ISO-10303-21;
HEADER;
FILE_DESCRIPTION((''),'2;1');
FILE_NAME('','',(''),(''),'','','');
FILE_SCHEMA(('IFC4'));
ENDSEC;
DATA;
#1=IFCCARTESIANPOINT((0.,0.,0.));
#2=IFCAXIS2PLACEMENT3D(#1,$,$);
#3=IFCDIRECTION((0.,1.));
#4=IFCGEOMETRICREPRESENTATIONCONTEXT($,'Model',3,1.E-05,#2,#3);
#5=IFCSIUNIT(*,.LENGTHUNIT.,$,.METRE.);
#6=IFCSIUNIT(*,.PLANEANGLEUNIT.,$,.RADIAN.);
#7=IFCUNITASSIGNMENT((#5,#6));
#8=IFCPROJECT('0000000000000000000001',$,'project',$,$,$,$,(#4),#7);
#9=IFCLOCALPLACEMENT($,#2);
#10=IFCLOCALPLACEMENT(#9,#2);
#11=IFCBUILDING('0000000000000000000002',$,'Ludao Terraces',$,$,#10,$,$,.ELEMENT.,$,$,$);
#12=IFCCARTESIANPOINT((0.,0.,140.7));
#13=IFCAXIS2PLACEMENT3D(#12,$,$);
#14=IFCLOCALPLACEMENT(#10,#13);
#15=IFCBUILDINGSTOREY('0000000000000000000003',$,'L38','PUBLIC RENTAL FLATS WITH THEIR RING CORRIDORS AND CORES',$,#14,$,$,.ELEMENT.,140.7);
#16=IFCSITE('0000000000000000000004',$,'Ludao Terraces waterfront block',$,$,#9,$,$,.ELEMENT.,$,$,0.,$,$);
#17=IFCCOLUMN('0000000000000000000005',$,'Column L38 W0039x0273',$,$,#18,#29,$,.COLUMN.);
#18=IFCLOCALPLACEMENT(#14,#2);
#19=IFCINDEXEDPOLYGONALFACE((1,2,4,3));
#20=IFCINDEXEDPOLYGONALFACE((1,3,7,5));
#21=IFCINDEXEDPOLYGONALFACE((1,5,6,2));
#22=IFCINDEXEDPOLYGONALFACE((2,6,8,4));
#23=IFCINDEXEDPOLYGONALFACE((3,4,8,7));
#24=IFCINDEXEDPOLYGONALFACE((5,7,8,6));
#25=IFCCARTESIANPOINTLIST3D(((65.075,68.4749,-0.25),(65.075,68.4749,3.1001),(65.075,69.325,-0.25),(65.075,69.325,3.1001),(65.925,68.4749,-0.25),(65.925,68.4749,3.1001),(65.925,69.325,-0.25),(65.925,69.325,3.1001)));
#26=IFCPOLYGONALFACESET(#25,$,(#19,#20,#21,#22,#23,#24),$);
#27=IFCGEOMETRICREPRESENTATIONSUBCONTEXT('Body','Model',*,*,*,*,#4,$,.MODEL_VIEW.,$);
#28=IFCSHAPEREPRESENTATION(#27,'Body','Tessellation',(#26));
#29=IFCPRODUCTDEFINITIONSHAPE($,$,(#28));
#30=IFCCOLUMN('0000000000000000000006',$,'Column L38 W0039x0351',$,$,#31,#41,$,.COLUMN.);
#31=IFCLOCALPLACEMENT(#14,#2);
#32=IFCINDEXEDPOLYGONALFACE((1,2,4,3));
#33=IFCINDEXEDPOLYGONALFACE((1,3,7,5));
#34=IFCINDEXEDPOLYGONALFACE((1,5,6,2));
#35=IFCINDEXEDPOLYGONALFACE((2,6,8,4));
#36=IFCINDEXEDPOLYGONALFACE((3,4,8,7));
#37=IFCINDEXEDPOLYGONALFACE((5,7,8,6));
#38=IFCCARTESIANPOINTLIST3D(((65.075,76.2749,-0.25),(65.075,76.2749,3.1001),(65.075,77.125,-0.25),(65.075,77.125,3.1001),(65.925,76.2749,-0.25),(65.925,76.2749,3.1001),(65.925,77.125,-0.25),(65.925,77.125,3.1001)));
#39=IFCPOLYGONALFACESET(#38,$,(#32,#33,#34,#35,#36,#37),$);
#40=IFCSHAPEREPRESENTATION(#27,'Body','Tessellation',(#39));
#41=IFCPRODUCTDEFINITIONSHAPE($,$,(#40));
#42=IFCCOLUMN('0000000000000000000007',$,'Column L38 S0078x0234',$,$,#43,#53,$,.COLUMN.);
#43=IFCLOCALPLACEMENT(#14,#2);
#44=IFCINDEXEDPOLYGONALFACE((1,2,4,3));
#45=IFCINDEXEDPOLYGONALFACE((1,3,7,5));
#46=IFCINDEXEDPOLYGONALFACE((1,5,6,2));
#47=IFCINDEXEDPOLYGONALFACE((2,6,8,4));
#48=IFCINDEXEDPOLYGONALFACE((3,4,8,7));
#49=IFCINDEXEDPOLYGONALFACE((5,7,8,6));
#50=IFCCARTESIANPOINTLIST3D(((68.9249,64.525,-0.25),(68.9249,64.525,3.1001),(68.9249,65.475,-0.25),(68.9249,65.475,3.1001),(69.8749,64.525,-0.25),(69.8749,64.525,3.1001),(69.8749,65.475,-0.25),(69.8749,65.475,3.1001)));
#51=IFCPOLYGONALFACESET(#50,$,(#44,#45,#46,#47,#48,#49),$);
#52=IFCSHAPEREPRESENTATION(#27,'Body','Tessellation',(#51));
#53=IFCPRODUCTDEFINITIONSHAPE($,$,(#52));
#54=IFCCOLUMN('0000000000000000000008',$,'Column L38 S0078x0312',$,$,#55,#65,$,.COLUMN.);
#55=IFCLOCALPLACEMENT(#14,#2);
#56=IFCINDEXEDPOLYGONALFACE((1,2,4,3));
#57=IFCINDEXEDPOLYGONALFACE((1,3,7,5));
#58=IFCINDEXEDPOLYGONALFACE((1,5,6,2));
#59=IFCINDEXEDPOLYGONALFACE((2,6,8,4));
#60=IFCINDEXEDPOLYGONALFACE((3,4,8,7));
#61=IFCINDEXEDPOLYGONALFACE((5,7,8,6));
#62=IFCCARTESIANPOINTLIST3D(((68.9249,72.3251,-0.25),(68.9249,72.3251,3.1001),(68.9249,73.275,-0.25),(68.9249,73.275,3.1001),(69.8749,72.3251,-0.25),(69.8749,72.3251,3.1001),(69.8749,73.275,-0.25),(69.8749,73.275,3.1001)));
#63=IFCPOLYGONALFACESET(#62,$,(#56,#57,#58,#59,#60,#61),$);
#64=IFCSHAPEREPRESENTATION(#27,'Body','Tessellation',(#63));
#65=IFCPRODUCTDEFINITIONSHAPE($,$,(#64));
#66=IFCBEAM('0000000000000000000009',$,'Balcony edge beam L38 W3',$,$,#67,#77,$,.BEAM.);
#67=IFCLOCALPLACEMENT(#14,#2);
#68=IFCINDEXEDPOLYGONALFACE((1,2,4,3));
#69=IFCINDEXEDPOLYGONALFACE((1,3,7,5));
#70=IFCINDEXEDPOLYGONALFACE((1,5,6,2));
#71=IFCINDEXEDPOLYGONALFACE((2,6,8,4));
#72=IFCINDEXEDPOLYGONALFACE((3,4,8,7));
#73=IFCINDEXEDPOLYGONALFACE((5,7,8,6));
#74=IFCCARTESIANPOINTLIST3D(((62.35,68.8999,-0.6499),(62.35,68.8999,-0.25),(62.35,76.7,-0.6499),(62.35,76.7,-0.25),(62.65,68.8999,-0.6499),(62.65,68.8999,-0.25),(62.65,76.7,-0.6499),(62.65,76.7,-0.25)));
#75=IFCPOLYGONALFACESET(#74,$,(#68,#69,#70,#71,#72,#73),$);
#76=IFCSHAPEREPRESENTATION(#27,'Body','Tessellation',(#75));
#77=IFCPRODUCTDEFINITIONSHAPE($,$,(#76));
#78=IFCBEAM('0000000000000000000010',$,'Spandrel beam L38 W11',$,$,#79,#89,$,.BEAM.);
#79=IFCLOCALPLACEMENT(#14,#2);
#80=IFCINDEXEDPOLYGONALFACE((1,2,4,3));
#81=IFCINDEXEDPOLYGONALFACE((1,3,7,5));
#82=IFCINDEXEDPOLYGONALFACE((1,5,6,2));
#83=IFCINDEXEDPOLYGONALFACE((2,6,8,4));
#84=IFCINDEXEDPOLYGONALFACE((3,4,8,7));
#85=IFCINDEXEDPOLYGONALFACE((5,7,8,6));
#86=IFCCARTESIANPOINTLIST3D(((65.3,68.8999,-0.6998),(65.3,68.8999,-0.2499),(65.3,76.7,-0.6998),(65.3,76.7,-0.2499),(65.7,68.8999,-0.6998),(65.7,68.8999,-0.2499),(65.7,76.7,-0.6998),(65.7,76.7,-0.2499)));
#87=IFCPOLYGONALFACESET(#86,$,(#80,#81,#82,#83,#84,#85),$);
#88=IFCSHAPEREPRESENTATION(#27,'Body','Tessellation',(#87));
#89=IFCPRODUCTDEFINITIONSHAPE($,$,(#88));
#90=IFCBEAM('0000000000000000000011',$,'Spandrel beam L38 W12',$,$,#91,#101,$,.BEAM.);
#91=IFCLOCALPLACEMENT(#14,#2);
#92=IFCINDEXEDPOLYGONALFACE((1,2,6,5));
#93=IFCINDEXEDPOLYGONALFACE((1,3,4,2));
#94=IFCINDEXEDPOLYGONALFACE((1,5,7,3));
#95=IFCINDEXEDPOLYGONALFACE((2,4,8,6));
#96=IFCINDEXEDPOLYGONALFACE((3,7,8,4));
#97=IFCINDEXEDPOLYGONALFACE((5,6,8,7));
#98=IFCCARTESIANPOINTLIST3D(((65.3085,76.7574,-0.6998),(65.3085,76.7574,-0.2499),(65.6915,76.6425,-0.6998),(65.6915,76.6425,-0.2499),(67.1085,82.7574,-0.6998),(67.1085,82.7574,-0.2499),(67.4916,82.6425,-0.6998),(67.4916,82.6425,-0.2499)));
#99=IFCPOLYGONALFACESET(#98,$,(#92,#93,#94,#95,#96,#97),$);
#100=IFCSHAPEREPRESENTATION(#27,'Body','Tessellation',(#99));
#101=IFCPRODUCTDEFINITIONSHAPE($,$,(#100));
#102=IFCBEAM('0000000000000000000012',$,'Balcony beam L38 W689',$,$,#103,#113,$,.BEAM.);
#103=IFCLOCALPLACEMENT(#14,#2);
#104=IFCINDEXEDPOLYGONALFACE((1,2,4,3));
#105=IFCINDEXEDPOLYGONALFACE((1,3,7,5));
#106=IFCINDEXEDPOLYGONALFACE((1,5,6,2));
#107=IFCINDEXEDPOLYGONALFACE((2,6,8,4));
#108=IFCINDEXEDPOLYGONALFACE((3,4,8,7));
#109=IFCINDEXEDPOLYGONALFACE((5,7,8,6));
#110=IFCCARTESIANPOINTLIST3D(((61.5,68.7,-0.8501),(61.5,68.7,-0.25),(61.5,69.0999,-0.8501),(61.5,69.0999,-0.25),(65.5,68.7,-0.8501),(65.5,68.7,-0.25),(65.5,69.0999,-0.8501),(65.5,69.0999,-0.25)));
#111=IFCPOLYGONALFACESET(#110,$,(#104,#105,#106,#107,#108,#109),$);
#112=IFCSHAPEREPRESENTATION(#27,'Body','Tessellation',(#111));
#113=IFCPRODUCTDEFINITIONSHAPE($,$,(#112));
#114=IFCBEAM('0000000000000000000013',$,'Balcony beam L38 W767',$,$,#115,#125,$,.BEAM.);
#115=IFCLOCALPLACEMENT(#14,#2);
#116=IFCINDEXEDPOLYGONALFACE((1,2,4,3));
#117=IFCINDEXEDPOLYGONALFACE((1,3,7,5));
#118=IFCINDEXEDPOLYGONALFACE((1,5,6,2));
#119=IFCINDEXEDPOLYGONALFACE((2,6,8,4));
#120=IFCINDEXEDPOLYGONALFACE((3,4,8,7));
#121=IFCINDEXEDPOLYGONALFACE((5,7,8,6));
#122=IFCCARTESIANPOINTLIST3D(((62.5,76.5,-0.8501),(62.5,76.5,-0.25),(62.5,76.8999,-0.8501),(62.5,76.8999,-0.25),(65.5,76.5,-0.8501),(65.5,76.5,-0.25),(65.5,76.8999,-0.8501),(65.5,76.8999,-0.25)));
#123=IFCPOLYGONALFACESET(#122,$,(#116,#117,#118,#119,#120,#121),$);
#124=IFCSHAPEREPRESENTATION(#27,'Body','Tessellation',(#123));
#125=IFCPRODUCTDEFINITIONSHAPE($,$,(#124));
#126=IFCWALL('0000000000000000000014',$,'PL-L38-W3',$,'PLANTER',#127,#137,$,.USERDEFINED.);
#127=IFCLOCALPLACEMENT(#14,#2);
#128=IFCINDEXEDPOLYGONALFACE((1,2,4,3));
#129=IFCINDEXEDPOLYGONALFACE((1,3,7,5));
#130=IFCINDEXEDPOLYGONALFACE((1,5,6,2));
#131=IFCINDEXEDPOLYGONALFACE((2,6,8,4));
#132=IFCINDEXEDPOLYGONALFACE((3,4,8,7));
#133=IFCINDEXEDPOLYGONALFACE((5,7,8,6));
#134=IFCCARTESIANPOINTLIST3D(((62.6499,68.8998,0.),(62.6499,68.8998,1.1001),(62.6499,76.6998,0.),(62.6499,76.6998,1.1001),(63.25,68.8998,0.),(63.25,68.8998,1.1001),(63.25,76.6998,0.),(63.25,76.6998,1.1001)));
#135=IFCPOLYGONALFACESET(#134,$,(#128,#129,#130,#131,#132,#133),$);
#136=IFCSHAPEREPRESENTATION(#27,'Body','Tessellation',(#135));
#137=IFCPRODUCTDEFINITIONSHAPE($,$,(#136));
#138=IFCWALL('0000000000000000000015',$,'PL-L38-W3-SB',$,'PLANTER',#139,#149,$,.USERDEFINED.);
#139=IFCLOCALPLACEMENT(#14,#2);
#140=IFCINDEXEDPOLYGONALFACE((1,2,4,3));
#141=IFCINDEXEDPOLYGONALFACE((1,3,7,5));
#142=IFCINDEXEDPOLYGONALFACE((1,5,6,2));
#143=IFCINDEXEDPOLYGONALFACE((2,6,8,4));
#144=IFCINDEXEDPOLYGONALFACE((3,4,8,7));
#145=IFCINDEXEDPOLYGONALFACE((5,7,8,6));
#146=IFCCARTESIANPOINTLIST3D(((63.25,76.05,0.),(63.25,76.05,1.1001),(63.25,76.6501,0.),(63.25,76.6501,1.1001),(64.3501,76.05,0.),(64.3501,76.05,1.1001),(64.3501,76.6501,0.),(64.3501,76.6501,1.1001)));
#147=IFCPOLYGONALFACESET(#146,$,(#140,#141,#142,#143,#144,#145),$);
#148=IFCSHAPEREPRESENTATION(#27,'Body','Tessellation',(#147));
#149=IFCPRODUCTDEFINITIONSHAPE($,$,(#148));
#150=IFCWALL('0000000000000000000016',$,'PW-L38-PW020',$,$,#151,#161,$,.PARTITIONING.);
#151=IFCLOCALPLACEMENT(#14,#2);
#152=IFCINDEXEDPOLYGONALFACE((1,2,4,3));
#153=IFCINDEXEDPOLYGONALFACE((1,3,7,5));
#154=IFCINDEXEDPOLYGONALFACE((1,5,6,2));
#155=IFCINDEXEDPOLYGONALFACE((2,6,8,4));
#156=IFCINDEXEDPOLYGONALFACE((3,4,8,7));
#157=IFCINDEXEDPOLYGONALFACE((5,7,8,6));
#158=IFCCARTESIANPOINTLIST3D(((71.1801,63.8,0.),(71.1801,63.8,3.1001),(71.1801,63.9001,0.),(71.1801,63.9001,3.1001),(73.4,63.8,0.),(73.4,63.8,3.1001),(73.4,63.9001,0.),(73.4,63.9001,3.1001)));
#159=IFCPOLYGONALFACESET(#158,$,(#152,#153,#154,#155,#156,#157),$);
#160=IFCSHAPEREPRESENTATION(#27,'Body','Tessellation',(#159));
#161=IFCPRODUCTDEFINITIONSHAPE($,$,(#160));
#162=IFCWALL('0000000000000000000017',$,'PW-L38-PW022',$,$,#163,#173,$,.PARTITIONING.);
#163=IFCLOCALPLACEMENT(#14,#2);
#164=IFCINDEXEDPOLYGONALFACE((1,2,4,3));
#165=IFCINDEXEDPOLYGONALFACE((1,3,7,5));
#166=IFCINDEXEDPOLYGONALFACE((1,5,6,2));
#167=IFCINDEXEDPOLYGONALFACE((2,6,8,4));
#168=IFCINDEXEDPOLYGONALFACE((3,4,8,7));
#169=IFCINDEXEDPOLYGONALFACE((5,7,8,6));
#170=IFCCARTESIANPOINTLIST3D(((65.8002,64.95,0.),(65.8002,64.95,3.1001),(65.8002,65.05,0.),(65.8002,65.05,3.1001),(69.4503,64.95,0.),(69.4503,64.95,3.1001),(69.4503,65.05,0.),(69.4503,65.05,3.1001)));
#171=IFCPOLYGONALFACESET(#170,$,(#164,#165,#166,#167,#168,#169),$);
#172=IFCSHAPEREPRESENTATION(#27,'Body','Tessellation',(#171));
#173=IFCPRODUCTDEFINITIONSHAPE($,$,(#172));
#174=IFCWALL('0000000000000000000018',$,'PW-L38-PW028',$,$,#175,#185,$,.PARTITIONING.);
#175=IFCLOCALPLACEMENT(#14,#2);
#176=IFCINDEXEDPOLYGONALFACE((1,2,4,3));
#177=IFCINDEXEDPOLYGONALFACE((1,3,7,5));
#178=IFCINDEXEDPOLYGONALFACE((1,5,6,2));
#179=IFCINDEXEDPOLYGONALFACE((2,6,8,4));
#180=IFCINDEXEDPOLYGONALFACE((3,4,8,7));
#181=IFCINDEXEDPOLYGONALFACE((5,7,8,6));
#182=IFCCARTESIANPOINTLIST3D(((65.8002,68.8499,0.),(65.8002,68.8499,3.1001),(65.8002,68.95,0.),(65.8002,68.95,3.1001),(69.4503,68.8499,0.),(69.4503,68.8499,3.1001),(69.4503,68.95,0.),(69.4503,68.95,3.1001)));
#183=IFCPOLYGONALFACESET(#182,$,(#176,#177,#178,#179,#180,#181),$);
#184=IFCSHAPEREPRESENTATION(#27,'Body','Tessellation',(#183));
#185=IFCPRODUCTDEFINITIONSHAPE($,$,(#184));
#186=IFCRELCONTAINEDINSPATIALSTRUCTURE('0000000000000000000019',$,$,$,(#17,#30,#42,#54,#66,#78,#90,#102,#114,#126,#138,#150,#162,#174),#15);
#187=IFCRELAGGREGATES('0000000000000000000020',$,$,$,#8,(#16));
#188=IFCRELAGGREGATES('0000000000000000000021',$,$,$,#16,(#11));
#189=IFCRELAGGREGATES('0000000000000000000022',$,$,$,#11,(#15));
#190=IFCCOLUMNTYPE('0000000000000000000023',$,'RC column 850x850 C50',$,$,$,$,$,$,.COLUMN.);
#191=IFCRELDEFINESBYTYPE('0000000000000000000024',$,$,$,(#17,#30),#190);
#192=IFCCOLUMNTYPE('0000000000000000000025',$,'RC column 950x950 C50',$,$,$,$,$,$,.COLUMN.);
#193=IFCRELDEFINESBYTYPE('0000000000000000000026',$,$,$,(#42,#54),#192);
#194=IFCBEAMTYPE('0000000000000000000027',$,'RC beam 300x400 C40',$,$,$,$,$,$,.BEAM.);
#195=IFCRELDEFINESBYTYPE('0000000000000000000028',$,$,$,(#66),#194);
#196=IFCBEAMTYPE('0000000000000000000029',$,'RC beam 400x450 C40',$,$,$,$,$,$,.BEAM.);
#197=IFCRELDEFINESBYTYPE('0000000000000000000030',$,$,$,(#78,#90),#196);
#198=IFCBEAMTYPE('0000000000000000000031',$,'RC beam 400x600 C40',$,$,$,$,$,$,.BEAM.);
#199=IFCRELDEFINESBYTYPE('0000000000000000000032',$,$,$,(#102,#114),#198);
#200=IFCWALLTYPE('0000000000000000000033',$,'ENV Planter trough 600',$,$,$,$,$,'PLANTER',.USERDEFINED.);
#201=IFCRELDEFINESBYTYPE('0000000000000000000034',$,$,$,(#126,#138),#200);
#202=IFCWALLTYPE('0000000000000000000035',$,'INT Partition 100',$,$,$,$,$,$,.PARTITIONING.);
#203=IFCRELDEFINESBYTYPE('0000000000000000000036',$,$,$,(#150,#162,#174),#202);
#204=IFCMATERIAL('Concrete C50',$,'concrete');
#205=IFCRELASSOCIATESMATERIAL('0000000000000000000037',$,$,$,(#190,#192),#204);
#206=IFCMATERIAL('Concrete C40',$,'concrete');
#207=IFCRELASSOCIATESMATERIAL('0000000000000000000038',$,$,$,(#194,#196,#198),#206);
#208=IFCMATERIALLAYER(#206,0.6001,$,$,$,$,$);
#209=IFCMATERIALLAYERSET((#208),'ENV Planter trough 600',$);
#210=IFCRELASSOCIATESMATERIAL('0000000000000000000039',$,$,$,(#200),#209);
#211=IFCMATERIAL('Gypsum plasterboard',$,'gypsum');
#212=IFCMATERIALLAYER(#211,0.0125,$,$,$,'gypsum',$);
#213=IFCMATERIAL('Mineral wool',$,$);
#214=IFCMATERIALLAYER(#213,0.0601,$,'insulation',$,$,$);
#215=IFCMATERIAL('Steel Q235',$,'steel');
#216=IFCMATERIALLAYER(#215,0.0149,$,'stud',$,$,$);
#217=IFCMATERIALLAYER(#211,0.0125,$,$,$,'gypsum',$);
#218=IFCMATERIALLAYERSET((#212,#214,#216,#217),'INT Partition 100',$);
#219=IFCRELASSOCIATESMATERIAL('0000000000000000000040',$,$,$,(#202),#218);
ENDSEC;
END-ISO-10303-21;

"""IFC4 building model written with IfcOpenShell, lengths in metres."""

from ifc_helpers import new_model, si_unit, direction, frame, frame_2d, origin, origin_2d, place, context, subcontext, project, spatial, rectangle, extrude, material, layer, layer_set, material_profile, profile_set, type_object, element, save


model = new_model("IFC4")

# Units and contexts
model_context = context("Model", 3, precision=1e-05, world=origin(), true_north=direction((0.0, 1.0)))
body_context = subcontext(model_context, "Body", "Model", "MODEL_VIEW")
ifc_project = project(units=[si_unit("LENGTHUNIT", "METRE"), si_unit("PLANEANGLEUNIT", "RADIAN")], contexts=[model_context])

# Site, building, storey
site_placement = place(None, origin())
site = spatial("IfcSite", under=ifc_project, at=site_placement, Name="Ludao Terraces waterfront block", CompositionType="ELEMENT", RefElevation=0.0)
building_placement = place(site_placement, origin())
building = spatial("IfcBuilding", under=site, at=building_placement, Name="Ludao Terraces", CompositionType="ELEMENT")
storey_placement = place(building_placement, frame((0.0, 0.0, 140.7)))
storey = spatial("IfcBuildingStorey", under=building, at=storey_placement, Name="L38", Description="PUBLIC RENTAL FLATS WITH THEIR RING CORRIDORS AND CORES", CompositionType="ELEMENT", Elevation=140.7)

# Columns
ifc_material_1 = material(Name="Concrete C50", Category="concrete")
ifc_material_profile_1 = material_profile(ifc_material_1, rectangle(XDim=0.8501, YDim=0.8501, at=origin_2d()), Name="850 X 850")
ifc_profile_set_1 = profile_set([ifc_material_profile_1], Name="Concrete C50")
column_type_1 = type_object("IfcColumnType", Name="RC column 850x850 C50", PredefinedType="COLUMN", material=ifc_profile_set_1)
for number, where, z_axis, x_axis, name in (
    (1, (65.5, 68.8999, -0.25), (0.0, 0.0, 1.0), (1.0, 0.0, 0.0), "Column L38 W0039x0273"),
    (2, (65.5, 76.7, -0.25), (0.0, 0.0, 1.0), (1.0, 0.0, 0.0), "Column L38 W0039x0351"),
):
    element("IfcColumn", number, at=place(storey_placement, frame(where, z_axis=z_axis, x_axis=x_axis)), inside=storey, type_object=column_type_1, Name=name, PredefinedType="COLUMN", context=body_context, shape_type="SweptSolid", body=[
        extrude(rectangle(XDim=0.8501, YDim=0.8501, at=origin_2d()), origin(), (0.0, 0.0, 1.0), 3.3501),
    ])
ifc_material_profile_2 = material_profile(ifc_material_1, rectangle(XDim=0.95, YDim=0.95, at=origin_2d()), Name="950 X 950")
ifc_profile_set_2 = profile_set([ifc_material_profile_2], Name="Concrete C50")
column_type_2 = type_object("IfcColumnType", Name="RC column 950x950 C50", PredefinedType="COLUMN", material=ifc_profile_set_2)
for number, where, z_axis, x_axis, name in (
    (3, (69.3999, 65.0, -0.25), (0.0, 0.0, 1.0), (1.0, 0.0, 0.0), "Column L38 S0078x0234"),
    (4, (69.3999, 72.8, -0.25), (0.0, 0.0, 1.0), (1.0, 0.0, 0.0), "Column L38 S0078x0312"),
):
    element("IfcColumn", number, at=place(storey_placement, frame(where, z_axis=z_axis, x_axis=x_axis)), inside=storey, type_object=column_type_2, Name=name, PredefinedType="COLUMN", context=body_context, shape_type="SweptSolid", body=[
        extrude(rectangle(XDim=0.95, YDim=0.95, at=origin_2d()), origin(), (0.0, 0.0, 1.0), 3.3501),
    ])

# Beams
ifc_material_2 = material(Name="Concrete C40", Category="concrete")
ifc_material_profile_3 = material_profile(ifc_material_2, rectangle(XDim=0.3, YDim=0.3999, at=origin_2d()), Name="300 X 400")
ifc_profile_set_3 = profile_set([ifc_material_profile_3], Name="Concrete C40")
beam_type_1 = type_object("IfcBeamType", Name="RC beam 300x400 C40", PredefinedType="BEAM", material=ifc_profile_set_3)
beam_1_placement = place(storey_placement, frame((62.5, 68.8999, -0.45), z_axis=(0.0, 1.0, 0.0), x_axis=(-1.0, 0.0, 0.0)))
element("IfcBeam", 5, at=beam_1_placement, inside=storey, type_object=beam_type_1, Name="Balcony edge beam L38 W3", PredefinedType="BEAM", context=body_context, shape_type="SweptSolid", body=[
    extrude(rectangle(XDim=0.3, YDim=0.3999, at=origin_2d()), origin(), (0.0, 0.0, 1.0), 7.8),
])
ifc_material_profile_4 = material_profile(ifc_material_2, rectangle(XDim=0.3999, YDim=0.45, at=origin_2d()), Name="400 X 450")
ifc_profile_set_4 = profile_set([ifc_material_profile_4], Name="Concrete C40")
beam_type_2 = type_object("IfcBeamType", Name="RC beam 400x450 C40", PredefinedType="BEAM", material=ifc_profile_set_4)
beam_2_placement = place(storey_placement, frame((65.5, 68.8999, -0.4749), z_axis=(0.0, 1.0, 0.0), x_axis=(-1.0, 0.0, 0.0)))
element("IfcBeam", 6, at=beam_2_placement, inside=storey, type_object=beam_type_2, Name="Spandrel beam L38 W11", PredefinedType="BEAM", context=body_context, shape_type="SweptSolid", body=[
    extrude(rectangle(XDim=0.3999, YDim=0.45, at=origin_2d()), origin(), (0.0, 0.0, 1.0), 7.8),
])
beam_3_placement = place(storey_placement, frame((65.5, 76.7, -0.4749), z_axis=(0.287355, 0.957824, 0.0), x_axis=(-0.957824, 0.287355, 0.0)))
element("IfcBeam", 7, at=beam_3_placement, inside=storey, type_object=beam_type_2, Name="Spandrel beam L38 W12", PredefinedType="BEAM", context=body_context, shape_type="SweptSolid", body=[
    extrude(rectangle(XDim=0.3999, YDim=0.45, at=origin_2d()), origin(), (0.0, 0.0, 1.0), 6.2642),
])
ifc_material_profile_5 = material_profile(ifc_material_2, rectangle(XDim=0.3999, YDim=0.6001, at=origin_2d()), Name="400 X 600")
ifc_profile_set_5 = profile_set([ifc_material_profile_5], Name="Concrete C40")
beam_type_3 = type_object("IfcBeamType", Name="RC beam 400x600 C40", PredefinedType="BEAM", material=ifc_profile_set_5)
beam_4_placement = place(storey_placement, frame((65.5, 68.8999, -0.55), z_axis=(-1.0, 0.0, 0.0), x_axis=(0.0, -1.0, 0.0)))
element("IfcBeam", 8, at=beam_4_placement, inside=storey, type_object=beam_type_3, Name="Balcony beam L38 W689", PredefinedType="BEAM", context=body_context, shape_type="SweptSolid", body=[
    extrude(rectangle(XDim=0.3999, YDim=0.6001, at=origin_2d()), origin(), (0.0, 0.0, 1.0), 4.0),
])
beam_5_placement = place(storey_placement, frame((65.5, 76.7, -0.55), z_axis=(-1.0, 0.0, 0.0), x_axis=(0.0, -1.0, 0.0)))
element("IfcBeam", 9, at=beam_5_placement, inside=storey, type_object=beam_type_3, Name="Balcony beam L38 W767", PredefinedType="BEAM", context=body_context, shape_type="SweptSolid", body=[
    extrude(rectangle(XDim=0.3999, YDim=0.6001, at=origin_2d()), origin(), (0.0, 0.0, 1.0), 3.0),
])

# Walls
ifc_layer_1 = layer(ifc_material_2, 0.6001)
ifc_layer_set_1 = layer_set([ifc_layer_1], Name="ENV Planter trough 600")
wall_type_1 = type_object("IfcWallType", Name="ENV Planter trough 600", ElementType="PLANTER", PredefinedType="USERDEFINED", material=ifc_layer_set_1)
wall_1_placement = place(storey_placement, frame((62.95, 68.8999, 0.0), z_axis=(0.0, 0.0, 1.0), x_axis=(0.0, 1.0, 0.0)))
element("IfcWall", 10, at=wall_1_placement, inside=storey, type_object=wall_type_1, Name="PL-L38-W3", ObjectType="PLANTER", PredefinedType="USERDEFINED", context=body_context, shape_type="SweptSolid", body=[
    extrude(rectangle(XDim=7.8, YDim=0.6001, at=frame_2d((3.8999, 0.0))), origin(), (0.0, 0.0, 1.0), 1.1001),
])
wall_2_placement = place(storey_placement, frame((63.25, 76.3501, 0.0), z_axis=(0.0, 0.0, 1.0), x_axis=(1.0, 0.0, 0.0)))
element("IfcWall", 11, at=wall_2_placement, inside=storey, type_object=wall_type_1, Name="PL-L38-W3-SB", ObjectType="PLANTER", PredefinedType="USERDEFINED", context=body_context, shape_type="SweptSolid", body=[
    extrude(rectangle(XDim=1.1001, YDim=0.6001, at=frame_2d((0.55, 0.0))), origin(), (0.0, 0.0, 1.0), 1.1001),
])

# Shared definitions
ifc_material_3 = material(Name="Mineral wool")

# Walls
ifc_material_4 = material(Name="Gypsum plasterboard", Category="gypsum")
ifc_layer_2 = layer(ifc_material_4, 0.0125, Category="gypsum")
ifc_layer_3 = layer(ifc_material_3, 0.0601, Name="insulation")
ifc_material_5 = material(Name="Steel Q235", Category="steel")
ifc_layer_4 = layer(ifc_material_5, 0.0149, Name="stud")
ifc_layer_5 = layer(ifc_material_4, 0.0125, Category="gypsum")
ifc_layer_set_2 = layer_set([ifc_layer_2, ifc_layer_3, ifc_layer_4, ifc_layer_5], Name="INT Partition 100")
wall_type_2 = type_object("IfcWallType", Name="INT Partition 100", PredefinedType="PARTITIONING", material=ifc_layer_set_2)
wall_3_placement = place(storey_placement, frame((71.1802, 63.8501, 0.0), z_axis=(0.0, 0.0, 1.0), x_axis=(1.0, 0.0, 0.0)))
element("IfcWall", 12, at=wall_3_placement, inside=storey, type_object=wall_type_2, Name="PW-L38-PW020", PredefinedType="PARTITIONING", context=body_context, shape_type="SweptSolid", body=[
    extrude(rectangle(XDim=2.22, YDim=0.1001, at=frame_2d((1.1099, 0.0))), origin(), (0.0, 0.0, 1.0), 3.1001),
])
for number, where, z_axis, x_axis, name in (
    (13, (65.8, 65.0, 0.0), (0.0, 0.0, 1.0), (1.0, 0.0, 0.0), "PW-L38-PW022"),
    (14, (65.8, 68.8999, 0.0), (0.0, 0.0, 1.0), (1.0, 0.0, 0.0), "PW-L38-PW028"),
):
    element("IfcWall", number, at=place(storey_placement, frame(where, z_axis=z_axis, x_axis=x_axis)), inside=storey, type_object=wall_type_2, Name=name, PredefinedType="PARTITIONING", context=body_context, shape_type="SweptSolid", body=[
        extrude(rectangle(XDim=3.6501, YDim=0.1001, at=frame_2d((1.8252, 0.0))), origin(), (0.0, 0.0, 1.0), 3.1001),
    ])

save(model, "model.ifc")
